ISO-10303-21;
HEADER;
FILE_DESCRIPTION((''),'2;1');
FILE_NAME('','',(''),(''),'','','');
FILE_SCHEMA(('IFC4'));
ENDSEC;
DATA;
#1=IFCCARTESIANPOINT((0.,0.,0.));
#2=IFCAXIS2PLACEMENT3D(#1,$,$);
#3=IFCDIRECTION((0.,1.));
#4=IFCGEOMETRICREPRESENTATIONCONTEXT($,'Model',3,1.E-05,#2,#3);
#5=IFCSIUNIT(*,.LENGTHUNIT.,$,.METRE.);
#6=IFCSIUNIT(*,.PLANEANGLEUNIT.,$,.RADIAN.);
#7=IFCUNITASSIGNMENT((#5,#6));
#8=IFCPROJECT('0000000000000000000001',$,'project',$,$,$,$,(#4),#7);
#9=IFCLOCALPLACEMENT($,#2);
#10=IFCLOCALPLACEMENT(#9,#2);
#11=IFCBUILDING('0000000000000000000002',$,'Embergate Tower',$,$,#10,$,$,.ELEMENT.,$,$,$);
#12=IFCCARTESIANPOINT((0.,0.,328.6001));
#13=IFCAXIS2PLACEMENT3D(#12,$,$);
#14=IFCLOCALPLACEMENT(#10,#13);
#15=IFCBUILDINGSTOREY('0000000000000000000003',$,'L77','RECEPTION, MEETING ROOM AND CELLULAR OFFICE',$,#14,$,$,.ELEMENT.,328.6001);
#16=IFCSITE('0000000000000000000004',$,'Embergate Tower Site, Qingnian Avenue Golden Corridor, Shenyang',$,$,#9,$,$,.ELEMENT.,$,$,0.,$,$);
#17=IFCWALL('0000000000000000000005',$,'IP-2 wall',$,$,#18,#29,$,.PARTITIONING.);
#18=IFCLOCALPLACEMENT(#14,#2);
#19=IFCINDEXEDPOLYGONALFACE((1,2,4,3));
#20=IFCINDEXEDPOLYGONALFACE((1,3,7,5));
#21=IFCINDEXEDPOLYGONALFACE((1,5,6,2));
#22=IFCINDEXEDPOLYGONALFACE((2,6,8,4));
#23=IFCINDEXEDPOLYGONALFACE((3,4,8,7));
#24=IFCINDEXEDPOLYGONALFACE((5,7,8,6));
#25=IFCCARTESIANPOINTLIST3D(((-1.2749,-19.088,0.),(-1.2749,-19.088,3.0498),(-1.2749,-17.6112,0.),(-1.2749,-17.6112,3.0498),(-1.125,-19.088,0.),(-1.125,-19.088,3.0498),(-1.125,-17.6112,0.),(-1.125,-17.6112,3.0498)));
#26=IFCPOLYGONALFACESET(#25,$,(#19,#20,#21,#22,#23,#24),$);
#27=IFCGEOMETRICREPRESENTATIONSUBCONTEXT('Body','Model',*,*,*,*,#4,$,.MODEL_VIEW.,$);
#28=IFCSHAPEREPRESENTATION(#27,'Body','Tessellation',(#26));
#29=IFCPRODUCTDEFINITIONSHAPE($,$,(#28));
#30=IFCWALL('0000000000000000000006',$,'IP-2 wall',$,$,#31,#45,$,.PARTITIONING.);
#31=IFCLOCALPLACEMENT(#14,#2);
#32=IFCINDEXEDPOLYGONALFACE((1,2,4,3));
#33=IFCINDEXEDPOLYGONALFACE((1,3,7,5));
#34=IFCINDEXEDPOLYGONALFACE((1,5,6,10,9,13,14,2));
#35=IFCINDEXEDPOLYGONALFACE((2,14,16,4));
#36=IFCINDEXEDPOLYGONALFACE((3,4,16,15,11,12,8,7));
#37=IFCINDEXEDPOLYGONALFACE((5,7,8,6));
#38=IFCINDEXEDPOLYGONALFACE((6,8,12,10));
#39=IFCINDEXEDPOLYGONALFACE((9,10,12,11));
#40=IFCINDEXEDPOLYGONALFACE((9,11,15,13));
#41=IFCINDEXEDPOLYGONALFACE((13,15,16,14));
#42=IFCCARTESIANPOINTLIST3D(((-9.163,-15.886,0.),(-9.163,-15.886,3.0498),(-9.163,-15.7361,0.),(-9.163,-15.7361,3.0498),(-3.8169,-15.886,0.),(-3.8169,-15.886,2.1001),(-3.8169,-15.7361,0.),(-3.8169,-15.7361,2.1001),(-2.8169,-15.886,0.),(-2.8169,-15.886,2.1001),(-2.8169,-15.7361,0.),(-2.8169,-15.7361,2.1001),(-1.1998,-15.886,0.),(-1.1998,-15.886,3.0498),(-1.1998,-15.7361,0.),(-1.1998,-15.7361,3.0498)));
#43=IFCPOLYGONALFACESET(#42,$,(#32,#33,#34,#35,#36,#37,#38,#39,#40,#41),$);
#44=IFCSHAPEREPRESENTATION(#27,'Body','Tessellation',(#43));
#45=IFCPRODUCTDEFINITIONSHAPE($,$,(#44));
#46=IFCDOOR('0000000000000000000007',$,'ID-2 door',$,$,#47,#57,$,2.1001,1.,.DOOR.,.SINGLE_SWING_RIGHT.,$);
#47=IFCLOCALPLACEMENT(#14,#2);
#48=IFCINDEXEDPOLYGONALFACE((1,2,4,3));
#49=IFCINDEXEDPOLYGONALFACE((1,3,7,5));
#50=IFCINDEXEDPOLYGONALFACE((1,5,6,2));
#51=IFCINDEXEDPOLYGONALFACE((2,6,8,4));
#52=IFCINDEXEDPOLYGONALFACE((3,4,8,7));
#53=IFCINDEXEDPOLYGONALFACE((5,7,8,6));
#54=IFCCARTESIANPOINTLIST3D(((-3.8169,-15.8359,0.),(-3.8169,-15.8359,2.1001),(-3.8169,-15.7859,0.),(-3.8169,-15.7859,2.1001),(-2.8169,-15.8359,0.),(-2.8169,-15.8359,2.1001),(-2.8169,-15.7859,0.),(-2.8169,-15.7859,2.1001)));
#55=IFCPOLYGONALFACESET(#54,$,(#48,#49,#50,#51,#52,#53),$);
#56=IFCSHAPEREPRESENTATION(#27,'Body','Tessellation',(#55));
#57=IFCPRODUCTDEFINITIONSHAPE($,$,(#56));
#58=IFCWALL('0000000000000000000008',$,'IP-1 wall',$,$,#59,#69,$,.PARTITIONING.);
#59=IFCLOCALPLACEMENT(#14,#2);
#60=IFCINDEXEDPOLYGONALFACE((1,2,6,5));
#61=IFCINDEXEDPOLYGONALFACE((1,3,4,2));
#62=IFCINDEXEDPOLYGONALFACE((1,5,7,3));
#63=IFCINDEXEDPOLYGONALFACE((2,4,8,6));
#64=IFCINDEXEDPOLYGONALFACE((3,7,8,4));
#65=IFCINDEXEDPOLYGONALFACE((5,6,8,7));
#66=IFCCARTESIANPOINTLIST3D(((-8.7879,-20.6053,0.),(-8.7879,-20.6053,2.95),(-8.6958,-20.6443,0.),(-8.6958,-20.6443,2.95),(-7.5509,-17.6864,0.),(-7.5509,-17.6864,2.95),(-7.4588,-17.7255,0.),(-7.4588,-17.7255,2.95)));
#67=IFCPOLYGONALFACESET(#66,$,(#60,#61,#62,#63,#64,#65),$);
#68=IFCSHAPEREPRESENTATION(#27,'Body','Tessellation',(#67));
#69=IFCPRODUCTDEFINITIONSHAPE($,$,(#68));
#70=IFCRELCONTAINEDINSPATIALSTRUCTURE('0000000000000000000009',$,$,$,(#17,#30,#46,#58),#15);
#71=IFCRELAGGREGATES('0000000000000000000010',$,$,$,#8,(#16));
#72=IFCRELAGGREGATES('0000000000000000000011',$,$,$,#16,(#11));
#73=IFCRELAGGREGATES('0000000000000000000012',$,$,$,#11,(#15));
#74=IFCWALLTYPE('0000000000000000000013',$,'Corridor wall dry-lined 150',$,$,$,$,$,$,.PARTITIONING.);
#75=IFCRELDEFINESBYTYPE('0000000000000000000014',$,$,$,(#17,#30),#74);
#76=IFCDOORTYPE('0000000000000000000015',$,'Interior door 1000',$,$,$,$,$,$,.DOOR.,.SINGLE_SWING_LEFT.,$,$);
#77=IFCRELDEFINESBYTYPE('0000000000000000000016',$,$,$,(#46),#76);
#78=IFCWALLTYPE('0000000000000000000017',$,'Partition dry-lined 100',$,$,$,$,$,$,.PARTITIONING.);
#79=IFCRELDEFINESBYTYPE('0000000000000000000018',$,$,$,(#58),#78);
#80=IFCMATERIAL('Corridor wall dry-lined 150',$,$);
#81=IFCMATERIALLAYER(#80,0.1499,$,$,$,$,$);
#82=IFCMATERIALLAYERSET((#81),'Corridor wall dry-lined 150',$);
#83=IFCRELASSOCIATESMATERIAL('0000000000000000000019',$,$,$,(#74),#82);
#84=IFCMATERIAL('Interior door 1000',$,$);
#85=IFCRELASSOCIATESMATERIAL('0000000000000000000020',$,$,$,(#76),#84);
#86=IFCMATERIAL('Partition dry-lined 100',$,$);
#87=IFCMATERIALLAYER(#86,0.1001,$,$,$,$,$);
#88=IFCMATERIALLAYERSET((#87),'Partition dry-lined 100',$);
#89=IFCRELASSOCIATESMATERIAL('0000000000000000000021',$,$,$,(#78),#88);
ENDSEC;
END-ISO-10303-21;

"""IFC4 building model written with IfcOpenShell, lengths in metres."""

from ifc_helpers import new_model, si_unit, direction, frame, frame_2d, origin, place, context, subcontext, project, spatial, rectangle, extrude, source, transform, mapped, material, layer, layer_set, type_object, element, fill, save


model = new_model("IFC4")

# Units and contexts
model_context = context("Model", 3, precision=1e-05, world=origin(), true_north=direction((0.0, 1.0)))
body_context = subcontext(model_context, "Body", "Model", "MODEL_VIEW")
ifc_project = project(units=[si_unit("LENGTHUNIT", "METRE"), si_unit("PLANEANGLEUNIT", "RADIAN")], contexts=[model_context])

# Site, building, storey
site_placement = place(None, origin())
site = spatial("IfcSite", under=ifc_project, at=site_placement, Name="Embergate Tower Site, Qingnian Avenue Golden Corridor, Shenyang", CompositionType="ELEMENT", RefElevation=0.0)
building_placement = place(site_placement, origin())
building = spatial("IfcBuilding", under=site, at=building_placement, Name="Embergate Tower", CompositionType="ELEMENT")
storey_placement = place(building_placement, frame((0.0, 0.0, 328.6001)))
storey = spatial("IfcBuildingStorey", under=building, at=storey_placement, Name="L77", Description="RECEPTION, MEETING ROOM AND CELLULAR OFFICE", CompositionType="ELEMENT", Elevation=328.6001)

# Shared definitions
ifc_material_1 = material(Name="Corridor wall dry-lined 150")
ifc_layer_1 = layer(ifc_material_1, 0.1499)
ifc_layer_set_1 = layer_set([ifc_layer_1], Name="Corridor wall dry-lined 150")
wall_type_1 = type_object("IfcWallType", Name="Corridor wall dry-lined 150", PredefinedType="PARTITIONING", material=ifc_layer_set_1)
shared_shape_1 = source(origin(), body_context, "Body", "SweptSolid", [
    extrude(rectangle(XDim=1.0, YDim=2.1001, at=frame_2d((0.5, 1.05))), frame((0.0, 0.085, 0.0), z_axis=(0.0, -1.0, 0.0), x_axis=(1.0, 0.0, 0.0)), (0.0, 0.0, 1.0), 0.1699),
])
ifc_material_2 = material(Name="Interior door 1000")
door_type_1 = type_object("IfcDoorType", Name="Interior door 1000", OperationType="SINGLE_SWING_LEFT", PredefinedType="DOOR", material=ifc_material_2)
shared_shape_2 = source(origin(), body_context, "Body", "SweptSolid", [
    extrude(rectangle(XDim=1.0, YDim=2.1001, at=frame_2d((0.5, 1.05))), frame((0.0, 0.0249, 0.0), z_axis=(0.0, -1.0, 0.0), x_axis=(1.0, 0.0, 0.0)), (0.0, 0.0, 1.0), 0.05),
])

# Wall
shared_shape_3 = source(origin(), body_context, "Body", "SweptSolid", [
    extrude(rectangle(XDim=1.4768, YDim=0.1499, at=frame_2d((0.7383, 0.0))), origin(), (0.0, 0.0, 1.0), 3.0498),
])
wall_1_placement = place(storey_placement, frame((-1.2, -19.0879, 0.0), z_axis=(0.0, 0.0, 1.0), x_axis=(0.0, 1.0, 0.0)))
element("IfcWall", 1, at=wall_1_placement, inside=storey, type_object=wall_type_1, Name="IP-2 wall", PredefinedType="PARTITIONING", context=body_context, shape_type="MappedRepresentation", body=[
    mapped(shared_shape_3, transform((0.0, 0.0, 0.0))),
])

# Wall, opening, door
shared_shape_4 = source(origin(), body_context, "Body", "SweptSolid", [
    extrude(rectangle(XDim=7.9631, YDim=0.1499, at=frame_2d((3.9814, 0.0))), origin(), (0.0, 0.0, 1.0), 3.0498),
])
wall_2_placement = place(storey_placement, frame((-1.2, -15.811, 0.0), z_axis=(0.0, 0.0, 1.0), x_axis=(-1.0, 0.0, 0.0)))
wall_2 = element("IfcWall", 2, at=wall_2_placement, inside=storey, type_object=wall_type_1, Name="IP-2 wall", PredefinedType="PARTITIONING", context=body_context, shape_type="MappedRepresentation", body=[
    mapped(shared_shape_4, transform((0.0, 0.0, 0.0))),
])
opening_1_placement = place(wall_2_placement, frame((1.6169, 0.0, 0.0)))
opening_1 = element("IfcOpeningElement", 3, at=opening_1_placement, cuts=wall_2, PredefinedType="OPENING", context=body_context, shape_type="MappedRepresentation", body=[
    mapped(shared_shape_1, transform((0.0, 0.0, 0.0))),
])
door_1_placement = place(opening_1_placement, origin())
door_1 = element("IfcDoor", 4, at=door_1_placement, inside=storey, type_object=door_type_1, Name="ID-2 door", OperationType="SINGLE_SWING_RIGHT", OverallHeight=2.1001, OverallWidth=1.0, PredefinedType="DOOR", context=body_context, shape_type="MappedRepresentation", body=[
    mapped(shared_shape_2, transform((0.0, 0.0, 0.0))),
])
fill(opening_1, door_1)

# Wall
ifc_material_3 = material(Name="Partition dry-lined 100")
ifc_layer_2 = layer(ifc_material_3, 0.1001)
ifc_layer_set_2 = layer_set([ifc_layer_2], Name="Partition dry-lined 100")
wall_type_2 = type_object("IfcWallType", Name="Partition dry-lined 100", PredefinedType="PARTITIONING", material=ifc_layer_set_2)
shared_shape_5 = source(origin(), body_context, "Body", "SweptSolid", [
    extrude(rectangle(XDim=3.1702, YDim=0.1001, at=frame_2d((1.585, 0.0))), origin(), (0.0, 0.0, 1.0), 2.95),
])
wall_3_placement = place(storey_placement, frame((-7.5049, -17.7061, 0.0), z_axis=(0.0, 0.0, 1.0), x_axis=(-0.390208, -0.920727, 0.0)))
element("IfcWall", 5, at=wall_3_placement, inside=storey, type_object=wall_type_2, Name="IP-1 wall", PredefinedType="PARTITIONING", context=body_context, shape_type="MappedRepresentation", body=[
    mapped(shared_shape_5, transform((0.0, 0.0, 0.0))),
])

save(model, "model.ifc")
